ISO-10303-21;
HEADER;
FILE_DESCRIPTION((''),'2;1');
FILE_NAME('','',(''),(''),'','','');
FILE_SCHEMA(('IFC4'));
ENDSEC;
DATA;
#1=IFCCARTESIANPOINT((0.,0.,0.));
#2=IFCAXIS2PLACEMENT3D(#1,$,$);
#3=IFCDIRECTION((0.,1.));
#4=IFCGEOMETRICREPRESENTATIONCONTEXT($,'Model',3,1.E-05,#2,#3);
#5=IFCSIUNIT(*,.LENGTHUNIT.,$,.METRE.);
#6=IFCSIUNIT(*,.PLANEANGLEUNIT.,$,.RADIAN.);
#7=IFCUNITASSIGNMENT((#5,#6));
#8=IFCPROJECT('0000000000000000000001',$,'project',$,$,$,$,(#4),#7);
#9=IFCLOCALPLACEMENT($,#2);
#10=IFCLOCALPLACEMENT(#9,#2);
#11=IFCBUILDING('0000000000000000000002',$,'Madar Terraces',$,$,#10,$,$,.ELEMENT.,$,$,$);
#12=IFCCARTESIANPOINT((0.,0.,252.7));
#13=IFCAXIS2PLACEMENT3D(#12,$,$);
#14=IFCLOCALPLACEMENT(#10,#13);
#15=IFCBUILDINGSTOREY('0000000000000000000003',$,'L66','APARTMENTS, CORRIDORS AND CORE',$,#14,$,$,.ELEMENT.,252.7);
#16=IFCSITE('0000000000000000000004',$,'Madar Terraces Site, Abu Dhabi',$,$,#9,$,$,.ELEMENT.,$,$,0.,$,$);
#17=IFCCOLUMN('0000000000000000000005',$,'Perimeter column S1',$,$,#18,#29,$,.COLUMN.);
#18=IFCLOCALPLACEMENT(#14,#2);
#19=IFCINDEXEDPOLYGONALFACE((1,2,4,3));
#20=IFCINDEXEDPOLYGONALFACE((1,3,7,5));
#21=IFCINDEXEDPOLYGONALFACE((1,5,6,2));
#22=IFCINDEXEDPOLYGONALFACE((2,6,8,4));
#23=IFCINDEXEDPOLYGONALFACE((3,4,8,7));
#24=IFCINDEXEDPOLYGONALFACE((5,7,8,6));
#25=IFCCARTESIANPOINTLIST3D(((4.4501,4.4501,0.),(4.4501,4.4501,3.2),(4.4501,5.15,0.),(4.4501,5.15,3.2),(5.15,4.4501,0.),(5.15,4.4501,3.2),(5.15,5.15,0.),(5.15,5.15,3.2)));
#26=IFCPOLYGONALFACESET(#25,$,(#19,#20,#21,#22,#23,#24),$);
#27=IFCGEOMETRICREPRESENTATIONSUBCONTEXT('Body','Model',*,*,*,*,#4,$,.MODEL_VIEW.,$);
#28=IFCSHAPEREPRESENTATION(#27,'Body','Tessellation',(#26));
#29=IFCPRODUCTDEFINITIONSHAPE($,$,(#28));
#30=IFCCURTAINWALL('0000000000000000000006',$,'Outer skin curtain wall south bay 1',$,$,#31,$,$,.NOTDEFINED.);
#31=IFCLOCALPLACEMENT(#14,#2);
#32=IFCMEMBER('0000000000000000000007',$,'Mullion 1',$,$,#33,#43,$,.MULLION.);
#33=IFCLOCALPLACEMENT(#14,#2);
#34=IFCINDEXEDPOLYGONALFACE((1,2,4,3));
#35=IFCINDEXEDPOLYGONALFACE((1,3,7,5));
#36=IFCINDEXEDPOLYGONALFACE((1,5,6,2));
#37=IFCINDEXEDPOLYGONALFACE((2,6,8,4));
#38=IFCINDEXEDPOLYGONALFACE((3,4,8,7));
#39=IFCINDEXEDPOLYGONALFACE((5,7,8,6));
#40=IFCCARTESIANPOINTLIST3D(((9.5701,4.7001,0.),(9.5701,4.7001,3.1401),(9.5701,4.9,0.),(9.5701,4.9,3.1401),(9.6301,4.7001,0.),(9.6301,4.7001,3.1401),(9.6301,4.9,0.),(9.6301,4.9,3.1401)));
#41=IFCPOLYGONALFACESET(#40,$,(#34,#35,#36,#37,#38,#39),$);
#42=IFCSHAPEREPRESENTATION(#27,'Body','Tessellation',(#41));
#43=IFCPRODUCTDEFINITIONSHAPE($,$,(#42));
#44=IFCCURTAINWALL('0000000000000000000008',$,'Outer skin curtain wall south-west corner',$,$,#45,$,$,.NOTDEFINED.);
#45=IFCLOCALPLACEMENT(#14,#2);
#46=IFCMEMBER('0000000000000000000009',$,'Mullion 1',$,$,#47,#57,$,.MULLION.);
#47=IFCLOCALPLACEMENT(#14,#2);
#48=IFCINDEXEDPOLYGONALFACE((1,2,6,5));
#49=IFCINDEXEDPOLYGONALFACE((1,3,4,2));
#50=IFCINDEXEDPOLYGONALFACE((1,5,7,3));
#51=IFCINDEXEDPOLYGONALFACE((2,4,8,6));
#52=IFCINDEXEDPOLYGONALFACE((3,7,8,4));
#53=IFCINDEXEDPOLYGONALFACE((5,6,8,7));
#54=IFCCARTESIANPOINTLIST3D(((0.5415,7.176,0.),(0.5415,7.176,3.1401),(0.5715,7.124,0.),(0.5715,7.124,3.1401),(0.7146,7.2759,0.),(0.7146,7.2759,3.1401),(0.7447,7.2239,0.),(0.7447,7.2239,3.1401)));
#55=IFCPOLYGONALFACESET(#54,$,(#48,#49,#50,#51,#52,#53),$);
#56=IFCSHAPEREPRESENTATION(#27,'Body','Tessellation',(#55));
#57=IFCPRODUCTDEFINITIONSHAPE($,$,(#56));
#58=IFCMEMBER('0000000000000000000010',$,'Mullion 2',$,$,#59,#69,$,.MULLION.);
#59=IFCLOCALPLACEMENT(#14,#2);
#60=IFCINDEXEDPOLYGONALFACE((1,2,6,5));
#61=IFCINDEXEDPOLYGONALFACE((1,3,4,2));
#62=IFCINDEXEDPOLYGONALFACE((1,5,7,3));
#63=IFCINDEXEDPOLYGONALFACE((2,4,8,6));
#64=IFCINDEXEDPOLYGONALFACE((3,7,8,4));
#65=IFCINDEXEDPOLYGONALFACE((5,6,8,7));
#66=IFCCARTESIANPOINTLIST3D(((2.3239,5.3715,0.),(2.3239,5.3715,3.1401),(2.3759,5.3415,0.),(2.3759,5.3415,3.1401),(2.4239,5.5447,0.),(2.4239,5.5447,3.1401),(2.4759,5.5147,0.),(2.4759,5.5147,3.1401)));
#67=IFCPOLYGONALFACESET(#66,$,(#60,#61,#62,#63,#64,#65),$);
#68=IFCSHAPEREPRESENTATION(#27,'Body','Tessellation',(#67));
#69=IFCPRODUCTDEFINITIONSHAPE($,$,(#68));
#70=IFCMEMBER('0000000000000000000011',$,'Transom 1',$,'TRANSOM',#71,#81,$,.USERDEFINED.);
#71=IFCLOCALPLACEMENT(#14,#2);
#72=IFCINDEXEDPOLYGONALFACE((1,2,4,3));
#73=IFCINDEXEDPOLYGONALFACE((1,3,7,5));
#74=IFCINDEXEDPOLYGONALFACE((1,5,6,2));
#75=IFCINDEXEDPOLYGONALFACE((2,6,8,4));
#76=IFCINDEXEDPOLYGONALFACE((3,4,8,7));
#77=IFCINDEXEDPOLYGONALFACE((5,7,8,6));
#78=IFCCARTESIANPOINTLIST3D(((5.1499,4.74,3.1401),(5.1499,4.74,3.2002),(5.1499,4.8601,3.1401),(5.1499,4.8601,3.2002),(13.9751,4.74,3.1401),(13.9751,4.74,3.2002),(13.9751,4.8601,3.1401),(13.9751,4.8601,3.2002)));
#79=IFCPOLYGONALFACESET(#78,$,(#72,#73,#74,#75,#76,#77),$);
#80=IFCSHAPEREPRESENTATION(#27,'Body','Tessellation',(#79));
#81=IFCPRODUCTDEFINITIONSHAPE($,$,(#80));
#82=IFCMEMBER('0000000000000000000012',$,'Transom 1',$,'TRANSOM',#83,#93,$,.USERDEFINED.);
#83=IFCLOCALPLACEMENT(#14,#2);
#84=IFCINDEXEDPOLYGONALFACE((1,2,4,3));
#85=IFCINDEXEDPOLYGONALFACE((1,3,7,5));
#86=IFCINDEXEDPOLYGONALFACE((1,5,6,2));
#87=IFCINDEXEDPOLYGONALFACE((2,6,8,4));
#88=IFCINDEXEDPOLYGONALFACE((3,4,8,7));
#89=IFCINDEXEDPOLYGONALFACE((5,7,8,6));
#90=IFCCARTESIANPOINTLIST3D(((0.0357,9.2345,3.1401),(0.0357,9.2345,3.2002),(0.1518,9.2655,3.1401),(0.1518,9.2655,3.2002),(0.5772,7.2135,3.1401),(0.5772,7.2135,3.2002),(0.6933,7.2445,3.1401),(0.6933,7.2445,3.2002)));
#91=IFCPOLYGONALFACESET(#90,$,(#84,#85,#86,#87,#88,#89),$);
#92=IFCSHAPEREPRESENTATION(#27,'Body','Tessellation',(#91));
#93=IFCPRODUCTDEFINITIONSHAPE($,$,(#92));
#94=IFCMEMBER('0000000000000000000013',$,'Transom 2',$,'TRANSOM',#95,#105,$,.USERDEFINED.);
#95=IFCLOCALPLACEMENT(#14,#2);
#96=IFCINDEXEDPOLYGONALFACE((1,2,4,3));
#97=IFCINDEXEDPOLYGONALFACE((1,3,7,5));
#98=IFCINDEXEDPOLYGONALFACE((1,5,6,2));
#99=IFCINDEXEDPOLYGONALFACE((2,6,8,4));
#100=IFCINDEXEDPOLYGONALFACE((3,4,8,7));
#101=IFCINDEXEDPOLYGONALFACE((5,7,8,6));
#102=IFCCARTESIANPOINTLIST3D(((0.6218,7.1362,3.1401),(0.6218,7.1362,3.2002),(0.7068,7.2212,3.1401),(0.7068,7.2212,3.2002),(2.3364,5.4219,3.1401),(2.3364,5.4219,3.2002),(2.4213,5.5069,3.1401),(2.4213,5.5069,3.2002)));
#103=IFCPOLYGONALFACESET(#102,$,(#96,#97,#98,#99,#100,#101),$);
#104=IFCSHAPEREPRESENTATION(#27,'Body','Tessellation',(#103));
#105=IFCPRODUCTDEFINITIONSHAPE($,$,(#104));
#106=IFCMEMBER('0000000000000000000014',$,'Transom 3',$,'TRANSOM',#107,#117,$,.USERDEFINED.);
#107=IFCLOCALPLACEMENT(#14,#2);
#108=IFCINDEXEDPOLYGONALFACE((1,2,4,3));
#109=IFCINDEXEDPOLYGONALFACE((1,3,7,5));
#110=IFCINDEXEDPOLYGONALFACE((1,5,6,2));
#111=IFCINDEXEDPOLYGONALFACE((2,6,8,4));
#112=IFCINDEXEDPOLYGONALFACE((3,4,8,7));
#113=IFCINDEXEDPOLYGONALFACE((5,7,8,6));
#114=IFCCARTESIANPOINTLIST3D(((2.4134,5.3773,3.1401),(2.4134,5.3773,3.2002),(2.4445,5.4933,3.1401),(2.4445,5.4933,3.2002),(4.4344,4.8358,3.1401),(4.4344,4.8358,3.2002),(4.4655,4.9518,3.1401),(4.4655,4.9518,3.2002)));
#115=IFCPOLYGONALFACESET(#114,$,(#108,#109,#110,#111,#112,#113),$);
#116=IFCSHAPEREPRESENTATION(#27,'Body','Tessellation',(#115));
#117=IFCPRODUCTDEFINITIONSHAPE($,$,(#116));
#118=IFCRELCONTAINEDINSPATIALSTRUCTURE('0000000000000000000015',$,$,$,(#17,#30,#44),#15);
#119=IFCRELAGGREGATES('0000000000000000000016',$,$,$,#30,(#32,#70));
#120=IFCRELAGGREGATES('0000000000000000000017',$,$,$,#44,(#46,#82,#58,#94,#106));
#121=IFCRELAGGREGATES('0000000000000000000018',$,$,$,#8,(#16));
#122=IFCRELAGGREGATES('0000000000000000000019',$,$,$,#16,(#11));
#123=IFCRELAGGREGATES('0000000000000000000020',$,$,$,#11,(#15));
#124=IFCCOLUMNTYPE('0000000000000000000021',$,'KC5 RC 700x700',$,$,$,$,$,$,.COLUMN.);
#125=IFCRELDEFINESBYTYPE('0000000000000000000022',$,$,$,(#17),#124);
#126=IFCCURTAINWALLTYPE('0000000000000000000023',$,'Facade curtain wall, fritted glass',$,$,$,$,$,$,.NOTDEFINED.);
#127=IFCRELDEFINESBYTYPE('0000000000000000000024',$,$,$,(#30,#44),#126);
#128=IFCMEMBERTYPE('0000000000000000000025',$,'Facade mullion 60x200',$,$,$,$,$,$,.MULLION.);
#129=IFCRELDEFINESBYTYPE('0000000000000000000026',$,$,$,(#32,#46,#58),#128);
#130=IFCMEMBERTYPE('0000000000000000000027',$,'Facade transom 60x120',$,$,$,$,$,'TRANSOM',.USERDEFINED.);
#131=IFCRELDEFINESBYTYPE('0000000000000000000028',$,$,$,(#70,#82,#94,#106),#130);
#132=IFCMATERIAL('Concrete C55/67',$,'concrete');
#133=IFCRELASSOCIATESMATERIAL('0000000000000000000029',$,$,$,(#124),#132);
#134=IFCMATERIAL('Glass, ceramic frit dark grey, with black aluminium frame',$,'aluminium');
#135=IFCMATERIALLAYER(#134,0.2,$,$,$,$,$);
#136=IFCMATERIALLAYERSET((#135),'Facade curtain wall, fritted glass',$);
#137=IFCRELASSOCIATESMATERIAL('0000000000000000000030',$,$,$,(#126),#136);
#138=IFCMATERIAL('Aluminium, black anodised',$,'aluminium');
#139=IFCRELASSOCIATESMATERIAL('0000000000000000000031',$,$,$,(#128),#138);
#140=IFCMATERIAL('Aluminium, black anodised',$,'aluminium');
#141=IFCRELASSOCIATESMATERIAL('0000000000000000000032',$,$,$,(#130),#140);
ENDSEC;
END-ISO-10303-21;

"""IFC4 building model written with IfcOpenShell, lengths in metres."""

from ifc_helpers import new_model, si_unit, direction, frame, origin, origin_2d, place, context, subcontext, project, spatial, rectangle, extrude, material, layer, layer_set, material_profile, profile_set, type_object, element, aggregate, save


model = new_model("IFC4")

# Units and contexts
model_context = context("Model", 3, precision=1e-05, world=origin(), true_north=direction((0.0, 1.0)))
body_context = subcontext(model_context, "Body", "Model", "MODEL_VIEW")
ifc_project = project(units=[si_unit("LENGTHUNIT", "METRE"), si_unit("PLANEANGLEUNIT", "RADIAN")], contexts=[model_context])

# Site, building, storey
site_placement = place(None, origin())
site = spatial("IfcSite", under=ifc_project, at=site_placement, Name="Madar Terraces Site, Abu Dhabi", CompositionType="ELEMENT", RefElevation=0.0)
building_placement = place(site_placement, origin())
building = spatial("IfcBuilding", under=site, at=building_placement, Name="Madar Terraces", CompositionType="ELEMENT")
storey_placement = place(building_placement, frame((0.0, 0.0, 252.7)))
storey = spatial("IfcBuildingStorey", under=building, at=storey_placement, Name="L66", Description="APARTMENTS, CORRIDORS AND CORE", CompositionType="ELEMENT", Elevation=252.7)

# Column
ifc_material_1 = material(Name="Concrete C55/67", Category="concrete")
ifc_material_profile_1 = material_profile(ifc_material_1, rectangle(XDim=0.7, YDim=0.7, at=origin_2d()), Name="KC5 RC 700x700")
ifc_profile_set_1 = profile_set([ifc_material_profile_1], Name="Concrete C55/67")
column_type = type_object("IfcColumnType", Name="KC5 RC 700x700", PredefinedType="COLUMN", material=ifc_profile_set_1)
column_placement = place(storey_placement, frame((4.8, 4.8, 0.0), z_axis=(0.0, 0.0, 1.0), x_axis=(1.0, 0.0, 0.0)))
element("IfcColumn", 1, at=column_placement, inside=storey, type_object=column_type, Name="Perimeter column S1", PredefinedType="COLUMN", context=body_context, shape_type="SweptSolid", body=[
    extrude(rectangle(XDim=0.7, YDim=0.7, at=origin_2d()), origin(), (0.0, 0.0, 1.0), 3.2),
])

# Curtain wall, member
ifc_material_2 = material(Name="Glass, ceramic frit dark grey, with black aluminium frame", Category="aluminium")
ifc_layer_1 = layer(ifc_material_2, 0.2)
ifc_layer_set_1 = layer_set([ifc_layer_1], Name="Facade curtain wall, fritted glass")
curtain_wall_type = type_object("IfcCurtainWallType", Name="Facade curtain wall, fritted glass", PredefinedType="NOTDEFINED", material=ifc_layer_set_1)
curtain_wall_1_placement = place(storey_placement, origin())
curtain_wall_1 = element("IfcCurtainWall", 2, at=curtain_wall_1_placement, inside=storey, type_object=curtain_wall_type, Name="Outer skin curtain wall south bay 1", PredefinedType="NOTDEFINED")
ifc_material_3 = material(Name="Aluminium, black anodised", Category="aluminium")
ifc_material_profile_2 = material_profile(ifc_material_3, rectangle(XDim=0.2, YDim=0.0601, at=origin_2d()), Name="Facade mullion 60x200")
ifc_profile_set_2 = profile_set([ifc_material_profile_2], Name="Aluminium, black anodised")
member_type_1 = type_object("IfcMemberType", Name="Facade mullion 60x200", PredefinedType="MULLION", material=ifc_profile_set_2)
member_1_placement = place(storey_placement, frame((9.6001, 4.8, 0.0), z_axis=(0.0, 0.0, 1.0), x_axis=(0.0, 1.0, 0.0)))
member_1 = element("IfcMember", 3, at=member_1_placement, type_object=member_type_1, Name="Mullion 1", PredefinedType="MULLION", context=body_context, shape_type="SweptSolid", body=[
    extrude(rectangle(XDim=0.2, YDim=0.0601, at=origin_2d()), origin(), (0.0, 0.0, 1.0), 3.1401),
])

# Curtain wall, members
curtain_wall_2_placement = place(storey_placement, origin())
curtain_wall_2 = element("IfcCurtainWall", 4, at=curtain_wall_2_placement, inside=storey, type_object=curtain_wall_type, Name="Outer skin curtain wall south-west corner", PredefinedType="NOTDEFINED")
member_2_placement = place(storey_placement, frame((0.6431, 7.2, 0.0), z_axis=(0.0, 0.0, 1.0), x_axis=(0.866025, 0.5, 0.0)))
member_2 = element("IfcMember", 5, at=member_2_placement, type_object=member_type_1, Name="Mullion 1", PredefinedType="MULLION", context=body_context, shape_type="SweptSolid", body=[
    extrude(rectangle(XDim=0.2, YDim=0.0601, at=origin_2d()), origin(), (0.0, 0.0, 1.0), 3.1401),
])
member_3_placement = place(storey_placement, frame((2.3999, 5.4431, 0.0), z_axis=(0.0, 0.0, 1.0), x_axis=(0.5, 0.866025, 0.0)))
member_3 = element("IfcMember", 6, at=member_3_placement, type_object=member_type_1, Name="Mullion 2", PredefinedType="MULLION", context=body_context, shape_type="SweptSolid", body=[
    extrude(rectangle(XDim=0.2, YDim=0.0601, at=origin_2d()), origin(), (0.0, 0.0, 1.0), 3.1401),
])

# Members
ifc_material_4 = material(Name="Aluminium, black anodised", Category="aluminium")
ifc_material_profile_3 = material_profile(ifc_material_4, rectangle(XDim=0.1201, YDim=0.0601, at=origin_2d()), Name="Facade transom 60x120")
ifc_profile_set_3 = profile_set([ifc_material_profile_3], Name="Aluminium, black anodised")
member_type_2 = type_object("IfcMemberType", Name="Facade transom 60x120", ElementType="TRANSOM", PredefinedType="USERDEFINED", material=ifc_profile_set_3)
member_4_placement = place(storey_placement, frame((5.1499, 4.8, 3.1702), z_axis=(1.0, 0.0, 0.0), x_axis=(0.0, 1.0, 0.0)))
member_4 = element("IfcMember", 7, at=member_4_placement, type_object=member_type_2, Name="Transom 1", ObjectType="TRANSOM", PredefinedType="USERDEFINED", context=body_context, shape_type="SweptSolid", body=[
    extrude(rectangle(XDim=0.1201, YDim=0.0601, at=origin_2d()), origin(), (0.0, 0.0, 1.0), 8.8252),
])
member_5_placement = place(storey_placement, frame((0.0938, 9.25, 3.1702), z_axis=(0.25881, -0.965928, 0.0), x_axis=(0.965928, 0.25881, 0.0)))
member_5 = element("IfcMember", 8, at=member_5_placement, type_object=member_type_2, Name="Transom 1", ObjectType="TRANSOM", PredefinedType="USERDEFINED", context=body_context, shape_type="SweptSolid", body=[
    extrude(rectangle(XDim=0.1201, YDim=0.0601, at=origin_2d()), origin(), (0.0, 0.0, 1.0), 2.0923),
])
member_6_placement = place(storey_placement, frame((0.6643, 7.1787, 3.1702), z_axis=(0.707157, -0.707056, 0.0), x_axis=(0.707056, 0.707157, 0.0)))
member_6 = element("IfcMember", 9, at=member_6_placement, type_object=member_type_2, Name="Transom 2", ObjectType="TRANSOM", PredefinedType="USERDEFINED", context=body_context, shape_type="SweptSolid", body=[
    extrude(rectangle(XDim=0.1201, YDim=0.0601, at=origin_2d()), origin(), (0.0, 0.0, 1.0), 2.4246),
])
member_7_placement = place(storey_placement, frame((2.429, 5.4353, 3.1702), z_axis=(0.965928, -0.25881, 0.0), x_axis=(0.25881, 0.965928, 0.0)))
member_7 = element("IfcMember", 10, at=member_7_placement, type_object=member_type_2, Name="Transom 3", ObjectType="TRANSOM", PredefinedType="USERDEFINED", context=body_context, shape_type="SweptSolid", body=[
    extrude(rectangle(XDim=0.1201, YDim=0.0601, at=origin_2d()), origin(), (0.0, 0.0, 1.0), 2.0923),
])

aggregate(curtain_wall_1, [member_1, member_4])
aggregate(curtain_wall_2, [member_2, member_5, member_3, member_6, member_7])

save(model, "model.ifc")
